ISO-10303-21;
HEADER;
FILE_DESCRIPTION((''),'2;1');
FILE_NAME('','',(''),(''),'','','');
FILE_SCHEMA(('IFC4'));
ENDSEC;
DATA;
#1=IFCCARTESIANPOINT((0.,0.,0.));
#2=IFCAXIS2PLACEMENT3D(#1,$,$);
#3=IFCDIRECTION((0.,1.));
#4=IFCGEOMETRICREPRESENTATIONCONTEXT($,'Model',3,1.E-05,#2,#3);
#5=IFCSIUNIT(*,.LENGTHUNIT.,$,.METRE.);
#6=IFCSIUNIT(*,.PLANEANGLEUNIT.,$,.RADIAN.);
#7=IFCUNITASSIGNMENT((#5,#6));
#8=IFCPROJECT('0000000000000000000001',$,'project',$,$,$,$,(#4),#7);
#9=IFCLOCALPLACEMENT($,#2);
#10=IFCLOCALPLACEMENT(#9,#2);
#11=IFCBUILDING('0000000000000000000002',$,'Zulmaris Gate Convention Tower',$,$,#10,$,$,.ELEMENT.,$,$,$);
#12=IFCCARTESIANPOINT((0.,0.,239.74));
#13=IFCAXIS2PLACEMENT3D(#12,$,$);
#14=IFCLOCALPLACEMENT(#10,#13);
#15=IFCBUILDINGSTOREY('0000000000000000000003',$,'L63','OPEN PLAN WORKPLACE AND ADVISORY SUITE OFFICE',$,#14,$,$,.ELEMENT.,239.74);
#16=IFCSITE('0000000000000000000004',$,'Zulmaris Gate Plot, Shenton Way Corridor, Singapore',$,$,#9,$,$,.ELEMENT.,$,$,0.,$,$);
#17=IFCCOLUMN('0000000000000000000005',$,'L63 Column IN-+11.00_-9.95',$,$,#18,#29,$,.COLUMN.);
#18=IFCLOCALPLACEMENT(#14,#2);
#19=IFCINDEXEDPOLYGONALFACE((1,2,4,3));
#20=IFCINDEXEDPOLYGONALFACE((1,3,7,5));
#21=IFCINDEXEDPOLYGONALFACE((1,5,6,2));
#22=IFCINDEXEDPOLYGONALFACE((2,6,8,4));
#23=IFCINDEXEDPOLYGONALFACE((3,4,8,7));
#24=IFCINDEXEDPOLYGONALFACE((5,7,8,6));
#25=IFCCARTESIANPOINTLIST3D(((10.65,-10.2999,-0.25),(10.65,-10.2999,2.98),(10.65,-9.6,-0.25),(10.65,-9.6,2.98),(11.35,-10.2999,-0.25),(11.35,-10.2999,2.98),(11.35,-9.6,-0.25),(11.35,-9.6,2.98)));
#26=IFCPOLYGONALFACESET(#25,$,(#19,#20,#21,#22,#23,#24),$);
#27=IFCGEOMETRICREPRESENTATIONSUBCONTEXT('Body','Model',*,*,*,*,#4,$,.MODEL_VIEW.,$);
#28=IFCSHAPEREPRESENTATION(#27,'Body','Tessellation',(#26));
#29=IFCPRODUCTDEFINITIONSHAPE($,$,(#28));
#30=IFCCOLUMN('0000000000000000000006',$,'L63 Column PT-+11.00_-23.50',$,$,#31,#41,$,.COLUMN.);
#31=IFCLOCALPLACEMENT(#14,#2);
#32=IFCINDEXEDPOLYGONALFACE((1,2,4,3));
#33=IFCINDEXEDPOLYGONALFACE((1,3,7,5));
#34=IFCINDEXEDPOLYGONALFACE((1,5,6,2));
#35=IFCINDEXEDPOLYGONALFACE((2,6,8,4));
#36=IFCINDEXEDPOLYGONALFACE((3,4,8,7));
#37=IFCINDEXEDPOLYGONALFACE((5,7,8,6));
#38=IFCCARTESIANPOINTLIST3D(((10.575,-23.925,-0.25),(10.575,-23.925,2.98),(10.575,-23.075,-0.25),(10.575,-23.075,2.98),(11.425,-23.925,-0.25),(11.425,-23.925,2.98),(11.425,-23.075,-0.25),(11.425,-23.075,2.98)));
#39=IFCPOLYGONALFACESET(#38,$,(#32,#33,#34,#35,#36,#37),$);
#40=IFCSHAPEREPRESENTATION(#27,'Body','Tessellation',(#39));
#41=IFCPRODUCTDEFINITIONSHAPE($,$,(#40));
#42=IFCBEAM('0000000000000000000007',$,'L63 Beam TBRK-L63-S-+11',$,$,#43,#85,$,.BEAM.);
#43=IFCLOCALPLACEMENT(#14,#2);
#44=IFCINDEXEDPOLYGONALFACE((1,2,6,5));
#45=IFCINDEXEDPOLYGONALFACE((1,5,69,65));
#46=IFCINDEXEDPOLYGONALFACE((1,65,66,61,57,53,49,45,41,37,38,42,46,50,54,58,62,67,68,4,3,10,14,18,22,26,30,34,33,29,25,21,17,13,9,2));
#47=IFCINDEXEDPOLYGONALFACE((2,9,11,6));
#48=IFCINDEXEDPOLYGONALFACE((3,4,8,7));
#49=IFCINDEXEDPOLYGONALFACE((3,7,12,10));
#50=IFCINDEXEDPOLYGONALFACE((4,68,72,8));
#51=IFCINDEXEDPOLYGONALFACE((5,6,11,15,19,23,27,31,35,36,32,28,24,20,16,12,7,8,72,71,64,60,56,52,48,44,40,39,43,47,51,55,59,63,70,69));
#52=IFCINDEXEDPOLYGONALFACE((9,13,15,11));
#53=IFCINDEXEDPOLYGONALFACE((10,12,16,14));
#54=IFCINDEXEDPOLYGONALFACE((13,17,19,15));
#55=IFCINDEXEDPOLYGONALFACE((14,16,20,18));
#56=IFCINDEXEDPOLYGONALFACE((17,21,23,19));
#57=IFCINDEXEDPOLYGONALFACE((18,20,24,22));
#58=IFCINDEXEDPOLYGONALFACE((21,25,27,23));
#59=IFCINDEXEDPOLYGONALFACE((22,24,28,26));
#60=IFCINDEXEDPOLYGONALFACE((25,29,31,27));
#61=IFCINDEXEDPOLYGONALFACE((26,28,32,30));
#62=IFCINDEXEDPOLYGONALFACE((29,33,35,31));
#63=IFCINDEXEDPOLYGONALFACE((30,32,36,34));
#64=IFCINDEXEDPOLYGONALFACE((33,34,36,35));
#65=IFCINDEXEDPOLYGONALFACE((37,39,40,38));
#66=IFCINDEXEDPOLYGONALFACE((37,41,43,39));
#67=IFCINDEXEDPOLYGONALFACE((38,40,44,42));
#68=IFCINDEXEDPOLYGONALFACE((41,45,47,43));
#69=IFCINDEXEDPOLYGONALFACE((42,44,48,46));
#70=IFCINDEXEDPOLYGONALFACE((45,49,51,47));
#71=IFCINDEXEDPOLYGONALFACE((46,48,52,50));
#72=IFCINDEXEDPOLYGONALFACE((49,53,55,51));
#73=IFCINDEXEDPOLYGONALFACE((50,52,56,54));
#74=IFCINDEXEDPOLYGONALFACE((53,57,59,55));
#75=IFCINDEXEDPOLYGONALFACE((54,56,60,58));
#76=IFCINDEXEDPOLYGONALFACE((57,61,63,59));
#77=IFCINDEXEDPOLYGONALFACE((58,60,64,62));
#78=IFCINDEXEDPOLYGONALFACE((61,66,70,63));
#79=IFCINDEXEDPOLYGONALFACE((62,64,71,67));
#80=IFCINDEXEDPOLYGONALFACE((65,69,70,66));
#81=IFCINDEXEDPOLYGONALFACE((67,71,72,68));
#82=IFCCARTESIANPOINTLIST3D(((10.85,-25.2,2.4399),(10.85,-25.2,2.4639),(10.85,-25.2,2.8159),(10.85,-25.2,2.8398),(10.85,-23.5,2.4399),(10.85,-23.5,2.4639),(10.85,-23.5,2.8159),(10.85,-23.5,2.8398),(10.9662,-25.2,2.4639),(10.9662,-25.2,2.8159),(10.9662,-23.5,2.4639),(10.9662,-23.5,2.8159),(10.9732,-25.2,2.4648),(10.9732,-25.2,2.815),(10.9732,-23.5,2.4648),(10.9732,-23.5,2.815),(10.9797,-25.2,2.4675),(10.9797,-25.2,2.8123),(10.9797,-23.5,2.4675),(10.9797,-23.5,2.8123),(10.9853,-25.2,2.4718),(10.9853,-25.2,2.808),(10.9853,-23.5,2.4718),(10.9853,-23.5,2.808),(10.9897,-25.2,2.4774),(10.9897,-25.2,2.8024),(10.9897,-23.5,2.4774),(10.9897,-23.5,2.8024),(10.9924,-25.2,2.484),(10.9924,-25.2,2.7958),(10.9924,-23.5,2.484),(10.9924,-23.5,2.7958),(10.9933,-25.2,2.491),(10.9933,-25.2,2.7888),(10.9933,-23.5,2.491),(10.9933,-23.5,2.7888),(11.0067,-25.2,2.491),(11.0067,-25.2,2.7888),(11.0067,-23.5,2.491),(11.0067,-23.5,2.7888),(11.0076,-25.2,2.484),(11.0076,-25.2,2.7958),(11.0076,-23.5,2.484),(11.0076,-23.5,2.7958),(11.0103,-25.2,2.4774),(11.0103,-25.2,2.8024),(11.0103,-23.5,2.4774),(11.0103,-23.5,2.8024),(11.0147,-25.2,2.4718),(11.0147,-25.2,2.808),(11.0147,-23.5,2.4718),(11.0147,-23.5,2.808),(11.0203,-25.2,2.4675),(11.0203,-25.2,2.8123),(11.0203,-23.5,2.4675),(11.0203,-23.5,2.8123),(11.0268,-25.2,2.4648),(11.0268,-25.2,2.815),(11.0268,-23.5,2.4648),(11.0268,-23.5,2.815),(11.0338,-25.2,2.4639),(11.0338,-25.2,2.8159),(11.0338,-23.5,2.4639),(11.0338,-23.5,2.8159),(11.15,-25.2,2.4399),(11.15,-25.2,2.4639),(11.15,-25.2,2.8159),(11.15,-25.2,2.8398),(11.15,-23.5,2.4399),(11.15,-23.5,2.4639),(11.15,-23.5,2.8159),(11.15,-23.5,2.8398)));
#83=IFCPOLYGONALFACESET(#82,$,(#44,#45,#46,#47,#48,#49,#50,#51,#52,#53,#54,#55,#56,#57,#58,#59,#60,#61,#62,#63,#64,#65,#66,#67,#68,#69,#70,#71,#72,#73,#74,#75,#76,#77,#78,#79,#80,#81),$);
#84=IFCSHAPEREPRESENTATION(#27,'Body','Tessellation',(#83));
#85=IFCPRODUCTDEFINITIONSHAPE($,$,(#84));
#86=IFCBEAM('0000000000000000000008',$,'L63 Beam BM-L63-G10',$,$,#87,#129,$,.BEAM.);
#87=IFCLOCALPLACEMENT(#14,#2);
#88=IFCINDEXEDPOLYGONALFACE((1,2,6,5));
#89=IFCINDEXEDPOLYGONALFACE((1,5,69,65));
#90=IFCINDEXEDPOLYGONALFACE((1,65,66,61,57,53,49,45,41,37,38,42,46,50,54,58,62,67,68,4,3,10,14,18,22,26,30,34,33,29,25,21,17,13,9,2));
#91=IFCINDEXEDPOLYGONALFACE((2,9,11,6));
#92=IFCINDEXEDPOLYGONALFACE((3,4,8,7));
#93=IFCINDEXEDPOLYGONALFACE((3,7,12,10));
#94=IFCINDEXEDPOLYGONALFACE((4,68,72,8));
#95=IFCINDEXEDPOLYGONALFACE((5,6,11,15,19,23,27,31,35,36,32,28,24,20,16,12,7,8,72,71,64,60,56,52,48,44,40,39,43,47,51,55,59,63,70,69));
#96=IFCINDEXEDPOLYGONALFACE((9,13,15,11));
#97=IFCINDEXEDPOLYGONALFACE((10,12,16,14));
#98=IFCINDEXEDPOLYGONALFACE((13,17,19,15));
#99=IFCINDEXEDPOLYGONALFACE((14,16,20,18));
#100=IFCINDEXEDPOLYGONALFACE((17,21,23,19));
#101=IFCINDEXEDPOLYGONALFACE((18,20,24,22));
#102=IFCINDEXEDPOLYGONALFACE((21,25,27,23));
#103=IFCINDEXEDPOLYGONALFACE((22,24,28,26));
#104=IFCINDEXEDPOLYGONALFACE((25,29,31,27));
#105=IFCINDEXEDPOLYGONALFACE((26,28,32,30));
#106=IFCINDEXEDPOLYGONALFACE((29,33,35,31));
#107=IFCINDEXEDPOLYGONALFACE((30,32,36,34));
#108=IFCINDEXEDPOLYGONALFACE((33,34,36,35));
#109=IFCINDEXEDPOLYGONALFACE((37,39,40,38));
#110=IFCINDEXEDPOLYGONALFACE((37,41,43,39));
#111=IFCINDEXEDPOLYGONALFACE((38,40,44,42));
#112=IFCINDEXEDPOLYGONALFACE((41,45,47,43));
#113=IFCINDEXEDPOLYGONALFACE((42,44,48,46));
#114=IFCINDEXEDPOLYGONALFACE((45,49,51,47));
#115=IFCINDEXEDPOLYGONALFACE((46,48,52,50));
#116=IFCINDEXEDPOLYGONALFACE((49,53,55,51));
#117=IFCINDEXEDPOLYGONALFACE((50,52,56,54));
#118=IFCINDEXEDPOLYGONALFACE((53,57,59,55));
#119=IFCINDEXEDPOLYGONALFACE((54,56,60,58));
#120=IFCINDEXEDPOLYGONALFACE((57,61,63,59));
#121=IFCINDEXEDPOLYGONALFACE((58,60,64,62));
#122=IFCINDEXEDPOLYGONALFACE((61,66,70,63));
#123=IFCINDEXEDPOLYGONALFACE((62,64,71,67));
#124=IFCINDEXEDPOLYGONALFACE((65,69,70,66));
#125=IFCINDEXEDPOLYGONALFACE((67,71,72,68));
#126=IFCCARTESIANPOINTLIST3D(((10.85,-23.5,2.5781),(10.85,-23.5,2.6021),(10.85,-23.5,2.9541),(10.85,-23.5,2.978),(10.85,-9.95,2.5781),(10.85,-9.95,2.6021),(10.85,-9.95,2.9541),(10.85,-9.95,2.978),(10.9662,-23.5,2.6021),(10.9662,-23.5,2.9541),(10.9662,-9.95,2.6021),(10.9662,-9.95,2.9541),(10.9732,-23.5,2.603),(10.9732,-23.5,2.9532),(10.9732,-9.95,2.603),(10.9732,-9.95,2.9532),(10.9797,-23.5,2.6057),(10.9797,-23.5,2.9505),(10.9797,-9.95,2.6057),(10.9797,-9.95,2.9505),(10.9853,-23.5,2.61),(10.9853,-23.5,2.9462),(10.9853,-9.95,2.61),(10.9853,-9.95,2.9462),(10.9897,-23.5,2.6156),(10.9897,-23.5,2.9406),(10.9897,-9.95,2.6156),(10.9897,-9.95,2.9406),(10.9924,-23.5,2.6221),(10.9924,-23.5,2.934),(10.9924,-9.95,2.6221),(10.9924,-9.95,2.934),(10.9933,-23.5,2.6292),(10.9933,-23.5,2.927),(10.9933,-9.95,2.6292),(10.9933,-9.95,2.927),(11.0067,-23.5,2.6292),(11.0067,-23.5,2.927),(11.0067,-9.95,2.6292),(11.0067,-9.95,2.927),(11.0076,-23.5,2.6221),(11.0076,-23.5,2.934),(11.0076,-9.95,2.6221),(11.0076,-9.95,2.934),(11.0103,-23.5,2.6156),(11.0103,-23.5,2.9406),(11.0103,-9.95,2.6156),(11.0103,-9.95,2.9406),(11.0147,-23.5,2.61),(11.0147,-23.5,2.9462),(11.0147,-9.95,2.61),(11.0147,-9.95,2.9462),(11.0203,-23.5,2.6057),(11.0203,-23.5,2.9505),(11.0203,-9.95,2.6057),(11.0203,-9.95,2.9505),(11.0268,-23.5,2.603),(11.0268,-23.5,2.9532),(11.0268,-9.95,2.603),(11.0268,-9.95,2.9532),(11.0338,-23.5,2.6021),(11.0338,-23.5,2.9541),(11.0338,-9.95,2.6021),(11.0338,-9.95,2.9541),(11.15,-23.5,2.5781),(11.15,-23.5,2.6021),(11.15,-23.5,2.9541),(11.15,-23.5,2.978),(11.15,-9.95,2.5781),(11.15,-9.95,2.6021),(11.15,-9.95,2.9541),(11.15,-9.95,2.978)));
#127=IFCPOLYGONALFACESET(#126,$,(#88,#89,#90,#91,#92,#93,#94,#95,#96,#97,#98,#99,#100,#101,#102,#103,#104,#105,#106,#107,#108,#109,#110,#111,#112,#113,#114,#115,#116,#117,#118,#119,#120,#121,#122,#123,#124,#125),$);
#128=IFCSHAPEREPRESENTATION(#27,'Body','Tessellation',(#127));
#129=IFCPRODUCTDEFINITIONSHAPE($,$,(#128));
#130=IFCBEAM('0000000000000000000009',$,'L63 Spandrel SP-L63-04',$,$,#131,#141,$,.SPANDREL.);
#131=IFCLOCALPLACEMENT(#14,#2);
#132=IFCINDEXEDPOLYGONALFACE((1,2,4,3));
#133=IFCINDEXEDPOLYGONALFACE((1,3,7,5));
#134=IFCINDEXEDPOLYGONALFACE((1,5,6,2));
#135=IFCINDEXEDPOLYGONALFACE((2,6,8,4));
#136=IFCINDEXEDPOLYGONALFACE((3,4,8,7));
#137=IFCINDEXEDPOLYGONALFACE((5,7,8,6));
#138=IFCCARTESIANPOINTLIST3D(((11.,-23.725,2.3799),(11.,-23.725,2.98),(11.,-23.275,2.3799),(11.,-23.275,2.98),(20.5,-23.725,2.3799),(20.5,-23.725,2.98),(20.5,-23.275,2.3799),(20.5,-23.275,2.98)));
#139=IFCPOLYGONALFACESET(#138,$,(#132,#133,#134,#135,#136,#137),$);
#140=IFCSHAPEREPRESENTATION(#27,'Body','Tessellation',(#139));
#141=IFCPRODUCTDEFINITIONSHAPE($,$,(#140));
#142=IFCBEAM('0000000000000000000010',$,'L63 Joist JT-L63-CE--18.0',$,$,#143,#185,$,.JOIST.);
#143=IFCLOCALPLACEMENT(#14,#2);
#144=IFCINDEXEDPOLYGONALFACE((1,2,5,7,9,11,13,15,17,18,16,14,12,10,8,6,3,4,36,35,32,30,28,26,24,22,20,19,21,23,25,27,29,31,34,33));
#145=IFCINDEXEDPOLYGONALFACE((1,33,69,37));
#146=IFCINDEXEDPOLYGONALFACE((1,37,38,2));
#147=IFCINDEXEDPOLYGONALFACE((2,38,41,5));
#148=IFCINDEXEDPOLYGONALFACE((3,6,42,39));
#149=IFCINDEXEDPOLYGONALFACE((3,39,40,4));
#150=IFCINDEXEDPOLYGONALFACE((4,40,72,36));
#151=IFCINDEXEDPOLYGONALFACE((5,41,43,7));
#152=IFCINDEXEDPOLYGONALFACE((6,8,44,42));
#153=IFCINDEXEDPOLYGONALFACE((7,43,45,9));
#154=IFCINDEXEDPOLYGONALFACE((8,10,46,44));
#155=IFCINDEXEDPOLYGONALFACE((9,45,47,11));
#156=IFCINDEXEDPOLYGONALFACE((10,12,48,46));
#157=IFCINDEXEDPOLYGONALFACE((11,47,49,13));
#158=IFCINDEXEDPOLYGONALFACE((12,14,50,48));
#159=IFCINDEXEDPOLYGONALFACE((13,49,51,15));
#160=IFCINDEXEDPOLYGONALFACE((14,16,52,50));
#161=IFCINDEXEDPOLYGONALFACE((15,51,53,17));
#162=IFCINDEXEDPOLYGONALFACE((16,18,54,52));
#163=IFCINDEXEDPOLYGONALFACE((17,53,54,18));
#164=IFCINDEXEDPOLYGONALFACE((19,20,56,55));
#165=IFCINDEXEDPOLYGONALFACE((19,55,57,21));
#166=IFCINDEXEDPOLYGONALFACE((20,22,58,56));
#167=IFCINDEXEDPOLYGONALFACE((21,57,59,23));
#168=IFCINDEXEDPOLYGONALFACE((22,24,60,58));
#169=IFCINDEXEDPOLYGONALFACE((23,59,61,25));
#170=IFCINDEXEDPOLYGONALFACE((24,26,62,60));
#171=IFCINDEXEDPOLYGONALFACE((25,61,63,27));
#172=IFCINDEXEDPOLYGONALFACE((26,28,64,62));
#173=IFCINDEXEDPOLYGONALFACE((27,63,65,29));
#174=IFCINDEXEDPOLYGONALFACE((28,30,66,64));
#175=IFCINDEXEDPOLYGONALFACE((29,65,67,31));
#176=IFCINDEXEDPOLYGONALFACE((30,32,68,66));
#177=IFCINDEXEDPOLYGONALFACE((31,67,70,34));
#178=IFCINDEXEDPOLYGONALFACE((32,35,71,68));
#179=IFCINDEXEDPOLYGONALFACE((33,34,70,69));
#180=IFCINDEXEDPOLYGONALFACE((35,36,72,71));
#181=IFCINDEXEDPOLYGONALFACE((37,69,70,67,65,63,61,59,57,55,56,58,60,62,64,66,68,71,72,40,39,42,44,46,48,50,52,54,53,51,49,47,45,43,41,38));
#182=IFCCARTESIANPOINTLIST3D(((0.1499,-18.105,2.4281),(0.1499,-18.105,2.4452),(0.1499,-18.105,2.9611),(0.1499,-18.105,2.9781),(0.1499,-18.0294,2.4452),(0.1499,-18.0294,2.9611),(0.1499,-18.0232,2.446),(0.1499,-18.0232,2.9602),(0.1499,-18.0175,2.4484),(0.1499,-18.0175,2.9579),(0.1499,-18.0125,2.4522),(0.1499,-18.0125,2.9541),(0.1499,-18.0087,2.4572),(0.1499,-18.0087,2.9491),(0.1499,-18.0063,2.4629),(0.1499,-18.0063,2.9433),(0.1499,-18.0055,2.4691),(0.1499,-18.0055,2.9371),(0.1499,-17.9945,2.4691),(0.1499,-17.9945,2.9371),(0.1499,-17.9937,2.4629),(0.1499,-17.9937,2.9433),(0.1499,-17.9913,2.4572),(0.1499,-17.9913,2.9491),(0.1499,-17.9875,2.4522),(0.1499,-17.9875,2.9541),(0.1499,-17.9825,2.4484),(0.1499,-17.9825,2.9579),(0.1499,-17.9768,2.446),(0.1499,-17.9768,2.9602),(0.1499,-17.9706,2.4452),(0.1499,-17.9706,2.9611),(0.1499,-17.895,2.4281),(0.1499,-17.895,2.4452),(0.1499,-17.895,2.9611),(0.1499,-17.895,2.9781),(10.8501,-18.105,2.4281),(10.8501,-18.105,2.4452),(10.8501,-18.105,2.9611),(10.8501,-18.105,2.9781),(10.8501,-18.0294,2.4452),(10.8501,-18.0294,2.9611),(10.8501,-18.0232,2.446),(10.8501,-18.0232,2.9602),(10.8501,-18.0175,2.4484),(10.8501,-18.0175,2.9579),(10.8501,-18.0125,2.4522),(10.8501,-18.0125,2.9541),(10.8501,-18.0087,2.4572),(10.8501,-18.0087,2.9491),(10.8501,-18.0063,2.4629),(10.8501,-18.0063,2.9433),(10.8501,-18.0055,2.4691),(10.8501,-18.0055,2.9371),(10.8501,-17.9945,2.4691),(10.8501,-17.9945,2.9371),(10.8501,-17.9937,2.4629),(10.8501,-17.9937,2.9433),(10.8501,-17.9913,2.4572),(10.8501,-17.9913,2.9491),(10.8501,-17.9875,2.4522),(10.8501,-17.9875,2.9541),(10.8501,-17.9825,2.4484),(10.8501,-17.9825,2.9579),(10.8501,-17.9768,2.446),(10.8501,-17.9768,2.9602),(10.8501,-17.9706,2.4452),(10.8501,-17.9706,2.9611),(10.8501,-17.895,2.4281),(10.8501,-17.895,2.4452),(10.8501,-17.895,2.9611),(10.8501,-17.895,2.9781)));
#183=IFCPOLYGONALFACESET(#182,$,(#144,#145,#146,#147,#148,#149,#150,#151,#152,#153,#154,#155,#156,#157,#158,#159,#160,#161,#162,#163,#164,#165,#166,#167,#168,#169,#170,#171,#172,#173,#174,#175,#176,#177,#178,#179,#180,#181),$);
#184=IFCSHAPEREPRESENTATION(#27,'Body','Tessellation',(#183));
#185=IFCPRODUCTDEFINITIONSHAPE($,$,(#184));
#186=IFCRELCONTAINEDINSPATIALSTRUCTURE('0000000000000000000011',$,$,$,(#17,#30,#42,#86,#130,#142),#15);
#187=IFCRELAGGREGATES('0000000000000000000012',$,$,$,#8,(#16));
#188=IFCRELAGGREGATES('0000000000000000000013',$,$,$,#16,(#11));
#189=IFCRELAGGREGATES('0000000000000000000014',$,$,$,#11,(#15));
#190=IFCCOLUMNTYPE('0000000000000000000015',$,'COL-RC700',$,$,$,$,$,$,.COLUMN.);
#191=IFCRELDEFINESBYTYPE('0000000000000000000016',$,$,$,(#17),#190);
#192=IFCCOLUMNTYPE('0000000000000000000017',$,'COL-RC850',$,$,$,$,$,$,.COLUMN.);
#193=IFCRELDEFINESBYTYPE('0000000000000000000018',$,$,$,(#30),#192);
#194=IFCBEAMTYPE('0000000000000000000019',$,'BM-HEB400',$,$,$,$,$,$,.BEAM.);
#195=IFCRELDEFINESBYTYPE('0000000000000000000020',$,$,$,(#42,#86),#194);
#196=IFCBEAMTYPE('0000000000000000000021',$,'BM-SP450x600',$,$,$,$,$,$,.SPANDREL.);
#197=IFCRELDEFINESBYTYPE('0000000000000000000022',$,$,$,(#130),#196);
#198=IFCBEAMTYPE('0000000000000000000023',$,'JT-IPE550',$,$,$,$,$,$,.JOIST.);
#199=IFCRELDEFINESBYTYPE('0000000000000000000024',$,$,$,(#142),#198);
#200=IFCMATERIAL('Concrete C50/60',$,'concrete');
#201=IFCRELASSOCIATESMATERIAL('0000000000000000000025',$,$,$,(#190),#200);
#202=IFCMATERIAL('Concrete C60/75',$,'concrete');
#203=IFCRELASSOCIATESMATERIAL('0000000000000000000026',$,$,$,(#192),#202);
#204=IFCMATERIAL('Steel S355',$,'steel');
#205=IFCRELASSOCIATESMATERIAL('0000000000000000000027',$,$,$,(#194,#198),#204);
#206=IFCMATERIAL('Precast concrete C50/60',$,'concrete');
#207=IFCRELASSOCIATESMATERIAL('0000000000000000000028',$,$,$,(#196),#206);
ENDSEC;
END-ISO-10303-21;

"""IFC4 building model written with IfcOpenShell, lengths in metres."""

from ifc_helpers import new_model, si_unit, direction, frame, origin, origin_2d, place, context, subcontext, project, spatial, rectangle, i_section, extrude, material, material_profile, profile_set, type_object, element, save


model = new_model("IFC4")

# Units and contexts
model_context = context("Model", 3, precision=1e-05, world=origin(), true_north=direction((0.0, 1.0)))
body_context = subcontext(model_context, "Body", "Model", "MODEL_VIEW")
ifc_project = project(units=[si_unit("LENGTHUNIT", "METRE"), si_unit("PLANEANGLEUNIT", "RADIAN")], contexts=[model_context])

# Site, building, storey
site_placement = place(None, origin())
site = spatial("IfcSite", under=ifc_project, at=site_placement, Name="Zulmaris Gate Plot, Shenton Way Corridor, Singapore", CompositionType="ELEMENT", RefElevation=0.0)
building_placement = place(site_placement, origin())
building = spatial("IfcBuilding", under=site, at=building_placement, Name="Zulmaris Gate Convention Tower", CompositionType="ELEMENT")
storey_placement = place(building_placement, frame((0.0, 0.0, 239.74)))
storey = spatial("IfcBuildingStorey", under=building, at=storey_placement, Name="L63", Description="OPEN PLAN WORKPLACE AND ADVISORY SUITE OFFICE", CompositionType="ELEMENT", Elevation=239.74)

# Columns
ifc_material_1 = material(Name="Concrete C50/60", Category="concrete")
ifc_material_profile_1 = material_profile(ifc_material_1, rectangle(XDim=0.7, YDim=0.7, at=origin_2d()), Name="RC COL 700x700")
ifc_profile_set_1 = profile_set([ifc_material_profile_1], Name="Concrete C50/60")
column_type_1 = type_object("IfcColumnType", Name="COL-RC700", PredefinedType="COLUMN", material=ifc_profile_set_1)
column_1_placement = place(storey_placement, frame((11.0, -9.95, -0.25), z_axis=(0.0, 0.0, 1.0), x_axis=(1.0, 0.0, 0.0)))
element("IfcColumn", 1, at=column_1_placement, inside=storey, type_object=column_type_1, Name="L63 Column IN-+11.00_-9.95", PredefinedType="COLUMN", context=body_context, shape_type="SweptSolid", body=[
    extrude(rectangle(XDim=0.7, YDim=0.7, at=origin_2d()), origin(), (0.0, 0.0, 1.0), 3.23),
])
ifc_material_2 = material(Name="Concrete C60/75", Category="concrete")
ifc_material_profile_2 = material_profile(ifc_material_2, rectangle(XDim=0.8501, YDim=0.8501, at=origin_2d()), Name="RC COL 850x850")
ifc_profile_set_2 = profile_set([ifc_material_profile_2], Name="Concrete C60/75")
column_type_2 = type_object("IfcColumnType", Name="COL-RC850", PredefinedType="COLUMN", material=ifc_profile_set_2)
column_2_placement = place(storey_placement, frame((11.0, -23.5, -0.25), z_axis=(0.0, 0.0, 1.0), x_axis=(1.0, 0.0, 0.0)))
element("IfcColumn", 2, at=column_2_placement, inside=storey, type_object=column_type_2, Name="L63 Column PT-+11.00_-23.50", PredefinedType="COLUMN", context=body_context, shape_type="SweptSolid", body=[
    extrude(rectangle(XDim=0.8501, YDim=0.8501, at=origin_2d()), origin(), (0.0, 0.0, 1.0), 3.23),
])

# Beams
ifc_material_3 = material(Name="Steel S355", Category="steel")
ifc_material_profile_3 = material_profile(ifc_material_3, i_section(OverallWidth=0.3, OverallDepth=0.3999, WebThickness=0.0134, FlangeThickness=0.0239, FilletRadius=0.0271, at=origin_2d()), Name="HEB 400")
ifc_profile_set_3 = profile_set([ifc_material_profile_3], Name="Steel S355")
beam_type_1 = type_object("IfcBeamType", Name="BM-HEB400", PredefinedType="BEAM", material=ifc_profile_set_3)
beam_1_placement = place(storey_placement, frame((11.0, -25.2, 2.6399), z_axis=(0.0, 1.0, 0.0), x_axis=(-1.0, 0.0, 0.0)))
element("IfcBeam", 3, at=beam_1_placement, inside=storey, type_object=beam_type_1, Name="L63 Beam TBRK-L63-S-+11", PredefinedType="BEAM", context=body_context, shape_type="SweptSolid", body=[
    extrude(i_section(OverallWidth=0.3, OverallDepth=0.3999, WebThickness=0.0134, FlangeThickness=0.0239, FilletRadius=0.0271, at=origin_2d()), origin(), (0.0, 0.0, 1.0), 1.7),
])
beam_2_placement = place(storey_placement, frame((11.0, -23.5, 2.7781), z_axis=(0.0, 1.0, 0.0), x_axis=(-1.0, 0.0, 0.0)))
element("IfcBeam", 4, at=beam_2_placement, inside=storey, type_object=beam_type_1, Name="L63 Beam BM-L63-G10", PredefinedType="BEAM", context=body_context, shape_type="SweptSolid", body=[
    extrude(i_section(OverallWidth=0.3, OverallDepth=0.3999, WebThickness=0.0134, FlangeThickness=0.0239, FilletRadius=0.0271, at=origin_2d()), origin(), (0.0, 0.0, 1.0), 13.55),
])
ifc_material_4 = material(Name="Precast concrete C50/60", Category="concrete")
ifc_material_profile_4 = material_profile(ifc_material_4, rectangle(XDim=0.45, YDim=0.6001, at=origin_2d()), Name="RC SPANDREL 450x600")
ifc_profile_set_4 = profile_set([ifc_material_profile_4], Name="Precast concrete C50/60")
beam_type_2 = type_object("IfcBeamType", Name="BM-SP450x600", PredefinedType="SPANDREL", material=ifc_profile_set_4)
beam_3_placement = place(storey_placement, frame((11.0, -23.5, 2.6799), z_axis=(1.0, 0.0, 0.0), x_axis=(0.0, 1.0, 0.0)))
element("IfcBeam", 5, at=beam_3_placement, inside=storey, type_object=beam_type_2, Name="L63 Spandrel SP-L63-04", PredefinedType="SPANDREL", context=body_context, shape_type="SweptSolid", body=[
    extrude(rectangle(XDim=0.45, YDim=0.6001, at=origin_2d()), origin(), (0.0, 0.0, 1.0), 9.5),
])
ifc_material_profile_5 = material_profile(ifc_material_3, i_section(OverallWidth=0.21, OverallDepth=0.55, WebThickness=0.011, FlangeThickness=0.0171, FilletRadius=0.0239, at=origin_2d()), Name="IPE 550")
ifc_profile_set_5 = profile_set([ifc_material_profile_5], Name="Steel S355")
beam_type_3 = type_object("IfcBeamType", Name="JT-IPE550", PredefinedType="JOIST", material=ifc_profile_set_5)
for number, where, z_axis, x_axis, name in (
    (6, (0.1499, -18.0, 2.7031), (1.0, 0.0, 0.0), (0.0, 1.0, 0.0), "L63 Joist JT-L63-CE--18.0"),
):
    element("IfcBeam", number, at=place(storey_placement, frame(where, z_axis=z_axis, x_axis=x_axis)), inside=storey, type_object=beam_type_3, Name=name, PredefinedType="JOIST", context=body_context, shape_type="SweptSolid", body=[
        extrude(i_section(OverallWidth=0.21, OverallDepth=0.55, WebThickness=0.011, FlangeThickness=0.0171, FilletRadius=0.0239, at=origin_2d()), origin(), (0.0, 0.0, 1.0), 10.7002),
    ])

save(model, "model.ifc")
